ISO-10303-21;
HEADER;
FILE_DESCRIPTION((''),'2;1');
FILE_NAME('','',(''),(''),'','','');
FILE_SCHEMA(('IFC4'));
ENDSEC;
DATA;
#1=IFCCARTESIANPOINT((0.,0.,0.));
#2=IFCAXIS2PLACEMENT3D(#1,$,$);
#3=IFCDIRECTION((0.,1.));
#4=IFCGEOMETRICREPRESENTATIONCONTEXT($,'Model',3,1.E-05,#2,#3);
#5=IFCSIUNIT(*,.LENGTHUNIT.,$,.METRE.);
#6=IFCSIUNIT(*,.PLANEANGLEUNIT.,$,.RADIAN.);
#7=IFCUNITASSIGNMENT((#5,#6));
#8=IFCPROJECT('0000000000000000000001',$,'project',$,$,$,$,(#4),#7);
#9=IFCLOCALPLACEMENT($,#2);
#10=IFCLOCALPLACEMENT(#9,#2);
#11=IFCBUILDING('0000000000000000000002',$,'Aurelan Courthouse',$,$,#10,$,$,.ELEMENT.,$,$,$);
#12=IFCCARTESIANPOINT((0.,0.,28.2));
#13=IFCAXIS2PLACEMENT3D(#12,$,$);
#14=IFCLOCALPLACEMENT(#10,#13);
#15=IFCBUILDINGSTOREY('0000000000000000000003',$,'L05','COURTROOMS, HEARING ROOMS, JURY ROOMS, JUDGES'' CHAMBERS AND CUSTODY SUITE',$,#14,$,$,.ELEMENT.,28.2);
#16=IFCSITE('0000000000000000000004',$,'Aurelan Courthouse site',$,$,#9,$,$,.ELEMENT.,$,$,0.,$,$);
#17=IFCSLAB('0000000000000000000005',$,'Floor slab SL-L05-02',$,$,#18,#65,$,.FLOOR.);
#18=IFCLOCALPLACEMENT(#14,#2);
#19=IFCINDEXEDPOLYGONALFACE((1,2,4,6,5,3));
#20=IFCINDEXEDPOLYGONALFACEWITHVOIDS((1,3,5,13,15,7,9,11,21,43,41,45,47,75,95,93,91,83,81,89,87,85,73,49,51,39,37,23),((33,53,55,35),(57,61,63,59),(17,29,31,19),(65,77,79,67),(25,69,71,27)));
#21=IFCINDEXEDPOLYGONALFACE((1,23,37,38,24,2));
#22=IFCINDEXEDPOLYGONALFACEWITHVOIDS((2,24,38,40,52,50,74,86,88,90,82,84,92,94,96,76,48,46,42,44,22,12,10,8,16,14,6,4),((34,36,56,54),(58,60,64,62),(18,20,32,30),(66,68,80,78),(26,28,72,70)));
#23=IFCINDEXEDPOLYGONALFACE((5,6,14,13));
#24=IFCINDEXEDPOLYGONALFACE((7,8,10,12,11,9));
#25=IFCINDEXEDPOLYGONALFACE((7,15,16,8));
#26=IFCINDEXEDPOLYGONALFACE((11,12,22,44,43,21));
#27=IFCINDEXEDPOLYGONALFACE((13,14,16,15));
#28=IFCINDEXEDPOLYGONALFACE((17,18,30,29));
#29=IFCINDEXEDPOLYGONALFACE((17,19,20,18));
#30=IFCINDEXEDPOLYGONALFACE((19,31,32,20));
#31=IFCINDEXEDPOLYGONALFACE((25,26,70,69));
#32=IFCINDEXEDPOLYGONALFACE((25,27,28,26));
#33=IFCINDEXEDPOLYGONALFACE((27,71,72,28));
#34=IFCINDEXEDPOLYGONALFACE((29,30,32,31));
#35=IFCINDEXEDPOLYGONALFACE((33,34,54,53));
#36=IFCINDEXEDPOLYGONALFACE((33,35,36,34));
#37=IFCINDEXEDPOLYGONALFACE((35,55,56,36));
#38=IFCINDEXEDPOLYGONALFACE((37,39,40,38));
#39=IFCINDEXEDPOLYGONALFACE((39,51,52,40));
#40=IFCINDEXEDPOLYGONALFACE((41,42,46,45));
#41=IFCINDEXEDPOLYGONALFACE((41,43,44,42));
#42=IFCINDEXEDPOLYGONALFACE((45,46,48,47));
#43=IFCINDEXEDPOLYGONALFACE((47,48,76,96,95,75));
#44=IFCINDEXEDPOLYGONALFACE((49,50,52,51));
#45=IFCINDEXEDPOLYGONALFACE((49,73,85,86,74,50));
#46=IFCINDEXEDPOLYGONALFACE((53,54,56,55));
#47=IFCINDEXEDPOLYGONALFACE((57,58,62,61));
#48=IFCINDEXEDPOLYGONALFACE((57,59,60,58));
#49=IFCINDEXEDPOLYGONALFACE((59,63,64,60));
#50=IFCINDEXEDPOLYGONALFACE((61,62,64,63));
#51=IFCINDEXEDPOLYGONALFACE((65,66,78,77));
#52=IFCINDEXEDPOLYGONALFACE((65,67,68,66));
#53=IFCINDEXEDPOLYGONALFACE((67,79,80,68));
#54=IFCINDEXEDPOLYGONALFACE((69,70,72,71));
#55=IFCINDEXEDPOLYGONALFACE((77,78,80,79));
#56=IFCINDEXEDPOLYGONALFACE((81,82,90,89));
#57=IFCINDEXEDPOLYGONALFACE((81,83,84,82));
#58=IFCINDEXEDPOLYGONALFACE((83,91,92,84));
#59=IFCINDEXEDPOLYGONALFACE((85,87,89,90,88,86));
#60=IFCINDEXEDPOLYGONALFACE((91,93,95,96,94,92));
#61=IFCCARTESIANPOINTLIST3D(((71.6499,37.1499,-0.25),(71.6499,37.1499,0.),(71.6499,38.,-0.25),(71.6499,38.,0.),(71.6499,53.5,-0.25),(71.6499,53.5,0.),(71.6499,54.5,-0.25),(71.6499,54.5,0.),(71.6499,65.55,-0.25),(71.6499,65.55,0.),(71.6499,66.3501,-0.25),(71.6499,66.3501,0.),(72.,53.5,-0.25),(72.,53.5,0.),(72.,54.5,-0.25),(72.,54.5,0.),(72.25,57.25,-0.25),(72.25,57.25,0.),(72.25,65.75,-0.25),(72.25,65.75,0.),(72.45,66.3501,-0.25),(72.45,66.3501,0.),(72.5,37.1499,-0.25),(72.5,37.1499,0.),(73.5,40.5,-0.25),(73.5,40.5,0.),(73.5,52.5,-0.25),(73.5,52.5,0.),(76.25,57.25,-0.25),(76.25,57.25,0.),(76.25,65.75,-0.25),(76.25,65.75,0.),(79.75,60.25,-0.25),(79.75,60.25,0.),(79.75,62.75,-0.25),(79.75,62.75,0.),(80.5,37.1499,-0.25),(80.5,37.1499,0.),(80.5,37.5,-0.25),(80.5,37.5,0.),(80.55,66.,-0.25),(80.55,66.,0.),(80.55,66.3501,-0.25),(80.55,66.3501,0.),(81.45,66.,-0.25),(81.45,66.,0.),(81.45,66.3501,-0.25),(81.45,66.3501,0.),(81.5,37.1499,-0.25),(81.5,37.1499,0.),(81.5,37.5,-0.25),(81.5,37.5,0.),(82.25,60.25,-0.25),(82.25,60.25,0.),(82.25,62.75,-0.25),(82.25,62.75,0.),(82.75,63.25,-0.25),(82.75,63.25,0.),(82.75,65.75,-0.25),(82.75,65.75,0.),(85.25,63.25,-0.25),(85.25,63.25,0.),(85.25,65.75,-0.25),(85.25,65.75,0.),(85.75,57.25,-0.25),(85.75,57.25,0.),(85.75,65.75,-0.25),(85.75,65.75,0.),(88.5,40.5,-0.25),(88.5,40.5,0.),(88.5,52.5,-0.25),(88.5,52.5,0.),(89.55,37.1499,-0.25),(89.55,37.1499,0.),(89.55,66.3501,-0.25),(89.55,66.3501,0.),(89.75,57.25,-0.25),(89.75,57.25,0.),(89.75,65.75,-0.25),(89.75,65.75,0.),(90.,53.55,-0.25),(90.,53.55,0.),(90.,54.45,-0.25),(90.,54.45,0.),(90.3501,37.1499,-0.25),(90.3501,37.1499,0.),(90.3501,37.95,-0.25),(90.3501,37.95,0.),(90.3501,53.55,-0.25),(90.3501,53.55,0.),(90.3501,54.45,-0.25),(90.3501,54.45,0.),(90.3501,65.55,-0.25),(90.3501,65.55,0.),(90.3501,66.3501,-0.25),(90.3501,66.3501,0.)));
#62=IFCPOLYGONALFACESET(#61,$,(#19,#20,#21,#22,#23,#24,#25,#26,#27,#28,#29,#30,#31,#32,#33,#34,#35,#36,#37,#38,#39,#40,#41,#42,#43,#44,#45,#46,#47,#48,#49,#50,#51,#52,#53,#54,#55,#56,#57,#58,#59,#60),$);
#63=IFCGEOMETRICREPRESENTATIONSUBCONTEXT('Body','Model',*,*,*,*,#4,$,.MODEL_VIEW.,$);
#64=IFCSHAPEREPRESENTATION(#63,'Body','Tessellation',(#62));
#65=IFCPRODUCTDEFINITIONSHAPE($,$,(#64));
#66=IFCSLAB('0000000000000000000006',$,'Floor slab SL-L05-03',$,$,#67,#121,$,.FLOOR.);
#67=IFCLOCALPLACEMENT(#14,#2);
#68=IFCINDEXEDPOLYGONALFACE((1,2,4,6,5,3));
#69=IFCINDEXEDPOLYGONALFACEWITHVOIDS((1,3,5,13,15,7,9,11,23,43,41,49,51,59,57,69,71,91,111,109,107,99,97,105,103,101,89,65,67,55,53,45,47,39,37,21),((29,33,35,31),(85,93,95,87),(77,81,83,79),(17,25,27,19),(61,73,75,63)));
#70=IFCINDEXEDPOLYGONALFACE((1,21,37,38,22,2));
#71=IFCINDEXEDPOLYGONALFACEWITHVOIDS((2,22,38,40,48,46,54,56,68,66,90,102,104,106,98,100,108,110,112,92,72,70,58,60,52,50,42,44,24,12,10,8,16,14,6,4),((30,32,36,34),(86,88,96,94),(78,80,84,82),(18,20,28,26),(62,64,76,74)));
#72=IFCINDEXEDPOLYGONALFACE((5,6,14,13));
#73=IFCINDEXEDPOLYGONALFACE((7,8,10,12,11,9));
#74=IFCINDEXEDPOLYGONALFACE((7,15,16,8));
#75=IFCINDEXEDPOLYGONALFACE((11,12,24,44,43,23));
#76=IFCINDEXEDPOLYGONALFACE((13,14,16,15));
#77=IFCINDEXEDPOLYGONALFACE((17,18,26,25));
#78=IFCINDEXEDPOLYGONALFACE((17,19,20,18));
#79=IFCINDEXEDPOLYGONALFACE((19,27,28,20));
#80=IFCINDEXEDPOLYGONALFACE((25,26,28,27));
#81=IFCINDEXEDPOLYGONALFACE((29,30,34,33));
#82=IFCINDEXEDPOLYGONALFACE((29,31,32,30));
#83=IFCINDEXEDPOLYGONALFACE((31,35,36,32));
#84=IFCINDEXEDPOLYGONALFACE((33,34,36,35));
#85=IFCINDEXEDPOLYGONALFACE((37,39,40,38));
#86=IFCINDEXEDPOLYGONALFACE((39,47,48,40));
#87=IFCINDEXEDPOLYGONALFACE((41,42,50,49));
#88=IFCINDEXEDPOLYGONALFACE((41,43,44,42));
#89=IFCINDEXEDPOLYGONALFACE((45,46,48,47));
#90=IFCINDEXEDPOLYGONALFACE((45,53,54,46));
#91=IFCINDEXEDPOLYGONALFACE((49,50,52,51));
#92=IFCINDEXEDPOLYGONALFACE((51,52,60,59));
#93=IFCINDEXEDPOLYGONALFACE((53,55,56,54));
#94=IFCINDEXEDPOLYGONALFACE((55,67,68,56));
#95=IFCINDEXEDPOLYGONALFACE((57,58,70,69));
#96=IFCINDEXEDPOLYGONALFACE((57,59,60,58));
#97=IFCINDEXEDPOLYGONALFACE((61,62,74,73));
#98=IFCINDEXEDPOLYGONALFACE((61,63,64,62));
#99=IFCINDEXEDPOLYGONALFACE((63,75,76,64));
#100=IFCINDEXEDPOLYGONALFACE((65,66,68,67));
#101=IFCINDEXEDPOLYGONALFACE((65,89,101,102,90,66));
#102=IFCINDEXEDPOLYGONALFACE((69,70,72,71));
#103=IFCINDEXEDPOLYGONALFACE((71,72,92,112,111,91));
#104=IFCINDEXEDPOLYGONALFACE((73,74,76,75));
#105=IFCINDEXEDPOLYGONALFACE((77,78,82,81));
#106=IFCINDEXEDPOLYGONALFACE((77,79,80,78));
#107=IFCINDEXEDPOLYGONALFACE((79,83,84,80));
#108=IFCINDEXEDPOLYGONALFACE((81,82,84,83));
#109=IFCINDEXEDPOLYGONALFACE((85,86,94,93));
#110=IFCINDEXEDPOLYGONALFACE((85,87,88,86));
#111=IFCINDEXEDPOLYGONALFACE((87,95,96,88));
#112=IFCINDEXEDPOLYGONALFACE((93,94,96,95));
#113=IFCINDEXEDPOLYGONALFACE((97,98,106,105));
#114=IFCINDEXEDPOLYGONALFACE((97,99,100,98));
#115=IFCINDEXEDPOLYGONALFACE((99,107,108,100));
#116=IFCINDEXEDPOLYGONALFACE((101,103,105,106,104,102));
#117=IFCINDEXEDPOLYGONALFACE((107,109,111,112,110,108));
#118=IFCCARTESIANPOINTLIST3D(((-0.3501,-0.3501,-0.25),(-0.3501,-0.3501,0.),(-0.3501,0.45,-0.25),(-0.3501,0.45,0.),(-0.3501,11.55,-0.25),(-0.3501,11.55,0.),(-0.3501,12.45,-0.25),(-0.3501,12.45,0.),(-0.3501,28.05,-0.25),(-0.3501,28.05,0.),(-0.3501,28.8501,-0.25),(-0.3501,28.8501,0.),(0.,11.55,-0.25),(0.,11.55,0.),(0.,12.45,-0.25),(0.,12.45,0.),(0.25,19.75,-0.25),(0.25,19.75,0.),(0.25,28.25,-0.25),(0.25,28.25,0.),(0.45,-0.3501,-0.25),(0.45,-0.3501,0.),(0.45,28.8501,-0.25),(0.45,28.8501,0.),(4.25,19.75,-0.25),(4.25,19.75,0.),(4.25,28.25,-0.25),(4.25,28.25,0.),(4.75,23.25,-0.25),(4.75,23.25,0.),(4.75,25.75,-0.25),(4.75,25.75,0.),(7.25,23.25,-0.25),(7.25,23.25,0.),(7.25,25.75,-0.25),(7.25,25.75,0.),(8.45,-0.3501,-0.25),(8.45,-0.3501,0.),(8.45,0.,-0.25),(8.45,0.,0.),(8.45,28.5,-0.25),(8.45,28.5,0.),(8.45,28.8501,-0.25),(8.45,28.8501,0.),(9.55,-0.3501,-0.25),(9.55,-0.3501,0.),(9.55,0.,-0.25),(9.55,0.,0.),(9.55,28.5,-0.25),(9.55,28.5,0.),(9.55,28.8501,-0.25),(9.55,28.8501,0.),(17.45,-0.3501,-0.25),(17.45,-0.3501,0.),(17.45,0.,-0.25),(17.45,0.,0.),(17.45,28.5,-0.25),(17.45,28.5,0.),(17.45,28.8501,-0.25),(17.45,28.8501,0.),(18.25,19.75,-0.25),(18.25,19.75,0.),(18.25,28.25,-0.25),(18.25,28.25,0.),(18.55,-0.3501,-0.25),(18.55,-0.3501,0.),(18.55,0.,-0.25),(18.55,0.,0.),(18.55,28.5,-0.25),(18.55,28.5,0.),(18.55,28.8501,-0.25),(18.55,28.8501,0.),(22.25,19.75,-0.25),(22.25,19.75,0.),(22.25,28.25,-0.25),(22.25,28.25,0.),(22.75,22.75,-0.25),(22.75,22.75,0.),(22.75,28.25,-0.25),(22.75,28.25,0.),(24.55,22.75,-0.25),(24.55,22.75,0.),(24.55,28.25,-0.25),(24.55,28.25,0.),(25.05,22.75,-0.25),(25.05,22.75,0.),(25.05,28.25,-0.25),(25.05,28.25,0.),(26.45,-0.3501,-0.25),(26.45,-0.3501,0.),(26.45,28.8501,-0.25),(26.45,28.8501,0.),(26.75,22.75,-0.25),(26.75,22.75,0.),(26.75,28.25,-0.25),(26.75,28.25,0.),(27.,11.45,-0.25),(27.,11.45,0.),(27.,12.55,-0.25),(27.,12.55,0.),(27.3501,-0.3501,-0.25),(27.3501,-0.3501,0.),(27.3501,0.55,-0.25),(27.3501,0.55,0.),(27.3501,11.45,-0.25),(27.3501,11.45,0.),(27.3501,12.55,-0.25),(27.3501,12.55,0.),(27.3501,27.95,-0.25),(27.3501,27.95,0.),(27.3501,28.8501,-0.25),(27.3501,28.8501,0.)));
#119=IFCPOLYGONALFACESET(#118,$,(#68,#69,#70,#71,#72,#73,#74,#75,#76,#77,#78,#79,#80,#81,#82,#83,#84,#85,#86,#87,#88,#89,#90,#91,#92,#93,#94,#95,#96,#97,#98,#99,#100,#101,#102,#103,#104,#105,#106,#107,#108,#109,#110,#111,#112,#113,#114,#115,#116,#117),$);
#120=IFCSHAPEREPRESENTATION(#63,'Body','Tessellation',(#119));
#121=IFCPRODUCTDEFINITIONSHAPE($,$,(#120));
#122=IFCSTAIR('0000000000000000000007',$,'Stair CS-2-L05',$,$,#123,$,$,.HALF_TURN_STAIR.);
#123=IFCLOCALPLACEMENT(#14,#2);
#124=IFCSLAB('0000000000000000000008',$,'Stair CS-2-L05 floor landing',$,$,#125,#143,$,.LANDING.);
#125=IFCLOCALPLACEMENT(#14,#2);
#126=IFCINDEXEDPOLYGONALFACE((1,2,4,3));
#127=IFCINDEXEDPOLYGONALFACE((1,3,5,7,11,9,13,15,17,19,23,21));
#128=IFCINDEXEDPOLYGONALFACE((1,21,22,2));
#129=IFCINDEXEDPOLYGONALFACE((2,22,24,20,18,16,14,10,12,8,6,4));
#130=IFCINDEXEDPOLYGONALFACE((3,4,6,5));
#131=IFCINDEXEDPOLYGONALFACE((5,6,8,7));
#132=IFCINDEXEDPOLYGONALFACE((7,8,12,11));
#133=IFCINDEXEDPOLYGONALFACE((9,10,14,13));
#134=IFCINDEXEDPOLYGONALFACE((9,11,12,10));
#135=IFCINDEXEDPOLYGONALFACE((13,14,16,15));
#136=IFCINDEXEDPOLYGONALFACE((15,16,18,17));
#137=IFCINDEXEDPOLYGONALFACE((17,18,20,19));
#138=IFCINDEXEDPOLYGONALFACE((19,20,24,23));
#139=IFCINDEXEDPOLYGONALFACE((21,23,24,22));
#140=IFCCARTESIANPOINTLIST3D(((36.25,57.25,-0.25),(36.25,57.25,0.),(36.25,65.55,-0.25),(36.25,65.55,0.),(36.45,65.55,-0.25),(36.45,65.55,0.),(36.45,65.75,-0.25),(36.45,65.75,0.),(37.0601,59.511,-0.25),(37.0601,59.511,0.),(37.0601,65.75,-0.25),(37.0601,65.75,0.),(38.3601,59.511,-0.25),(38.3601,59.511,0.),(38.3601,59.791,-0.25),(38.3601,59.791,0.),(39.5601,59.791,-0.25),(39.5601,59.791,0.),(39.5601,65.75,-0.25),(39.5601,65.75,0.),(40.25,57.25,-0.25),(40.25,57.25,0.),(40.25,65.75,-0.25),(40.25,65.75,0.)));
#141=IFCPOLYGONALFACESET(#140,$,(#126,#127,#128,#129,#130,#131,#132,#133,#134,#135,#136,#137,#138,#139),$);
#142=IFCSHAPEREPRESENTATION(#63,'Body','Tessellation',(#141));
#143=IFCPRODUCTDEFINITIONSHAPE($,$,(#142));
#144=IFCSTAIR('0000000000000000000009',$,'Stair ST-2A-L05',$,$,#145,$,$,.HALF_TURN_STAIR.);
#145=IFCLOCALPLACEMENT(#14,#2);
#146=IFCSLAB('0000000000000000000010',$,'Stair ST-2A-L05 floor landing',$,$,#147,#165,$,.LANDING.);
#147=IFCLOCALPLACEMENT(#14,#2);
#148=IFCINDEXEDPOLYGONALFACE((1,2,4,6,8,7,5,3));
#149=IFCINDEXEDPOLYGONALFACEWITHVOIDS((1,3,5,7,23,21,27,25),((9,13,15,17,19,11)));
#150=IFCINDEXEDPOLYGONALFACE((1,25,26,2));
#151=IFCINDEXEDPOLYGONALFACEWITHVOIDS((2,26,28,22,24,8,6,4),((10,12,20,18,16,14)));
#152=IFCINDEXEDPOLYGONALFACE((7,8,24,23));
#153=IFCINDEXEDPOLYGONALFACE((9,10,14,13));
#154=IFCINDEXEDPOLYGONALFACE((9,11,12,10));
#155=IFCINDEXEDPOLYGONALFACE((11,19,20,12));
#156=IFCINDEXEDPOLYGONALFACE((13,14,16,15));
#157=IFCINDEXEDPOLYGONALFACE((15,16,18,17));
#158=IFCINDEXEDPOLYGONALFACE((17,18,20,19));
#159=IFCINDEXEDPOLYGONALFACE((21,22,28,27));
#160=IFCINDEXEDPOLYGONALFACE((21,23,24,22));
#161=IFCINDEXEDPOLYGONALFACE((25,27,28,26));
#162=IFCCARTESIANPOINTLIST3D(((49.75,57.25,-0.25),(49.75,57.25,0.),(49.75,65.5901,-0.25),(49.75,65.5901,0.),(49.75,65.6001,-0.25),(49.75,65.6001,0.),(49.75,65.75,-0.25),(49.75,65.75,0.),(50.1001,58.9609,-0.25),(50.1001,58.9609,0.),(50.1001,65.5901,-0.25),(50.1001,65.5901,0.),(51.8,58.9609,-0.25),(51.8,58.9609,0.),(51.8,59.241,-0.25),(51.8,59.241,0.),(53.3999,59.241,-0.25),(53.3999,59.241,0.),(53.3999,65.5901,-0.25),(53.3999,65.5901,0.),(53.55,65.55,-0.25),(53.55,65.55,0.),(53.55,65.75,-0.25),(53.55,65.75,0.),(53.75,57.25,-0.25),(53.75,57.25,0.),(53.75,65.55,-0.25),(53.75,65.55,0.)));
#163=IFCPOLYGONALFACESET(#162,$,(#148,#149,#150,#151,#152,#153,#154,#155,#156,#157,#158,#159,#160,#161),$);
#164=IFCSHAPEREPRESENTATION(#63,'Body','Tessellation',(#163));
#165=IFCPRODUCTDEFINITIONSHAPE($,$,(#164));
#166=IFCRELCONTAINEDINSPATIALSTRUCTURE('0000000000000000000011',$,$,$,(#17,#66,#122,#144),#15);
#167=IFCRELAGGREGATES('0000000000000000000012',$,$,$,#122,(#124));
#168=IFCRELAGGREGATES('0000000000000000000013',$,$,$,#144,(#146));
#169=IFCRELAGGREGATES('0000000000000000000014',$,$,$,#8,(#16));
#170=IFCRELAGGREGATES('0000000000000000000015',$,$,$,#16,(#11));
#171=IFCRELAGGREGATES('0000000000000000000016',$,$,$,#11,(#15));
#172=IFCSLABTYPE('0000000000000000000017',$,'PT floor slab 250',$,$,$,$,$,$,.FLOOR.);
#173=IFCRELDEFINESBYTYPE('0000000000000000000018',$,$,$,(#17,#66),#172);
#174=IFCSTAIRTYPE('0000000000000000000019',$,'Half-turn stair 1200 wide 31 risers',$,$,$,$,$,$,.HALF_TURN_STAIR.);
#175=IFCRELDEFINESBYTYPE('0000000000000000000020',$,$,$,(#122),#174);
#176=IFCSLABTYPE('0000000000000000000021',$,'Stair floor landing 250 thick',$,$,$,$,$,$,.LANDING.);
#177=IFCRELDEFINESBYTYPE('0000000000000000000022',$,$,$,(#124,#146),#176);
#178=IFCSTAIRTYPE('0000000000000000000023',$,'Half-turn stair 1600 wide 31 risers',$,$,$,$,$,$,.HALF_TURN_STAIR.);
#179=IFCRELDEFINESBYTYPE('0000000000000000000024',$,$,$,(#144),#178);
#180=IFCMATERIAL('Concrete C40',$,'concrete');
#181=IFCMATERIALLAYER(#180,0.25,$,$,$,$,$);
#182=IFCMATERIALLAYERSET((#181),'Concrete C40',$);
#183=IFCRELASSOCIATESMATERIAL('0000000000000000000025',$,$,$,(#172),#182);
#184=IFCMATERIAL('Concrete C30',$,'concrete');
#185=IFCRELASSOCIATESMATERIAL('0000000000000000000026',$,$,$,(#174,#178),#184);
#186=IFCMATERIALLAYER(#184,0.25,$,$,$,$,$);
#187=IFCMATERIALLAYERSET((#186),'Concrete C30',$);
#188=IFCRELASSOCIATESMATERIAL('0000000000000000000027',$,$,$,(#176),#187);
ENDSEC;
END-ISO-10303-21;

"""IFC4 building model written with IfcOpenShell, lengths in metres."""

from ifc_helpers import new_model, si_unit, direction, frame, origin, place, context, subcontext, project, spatial, polyline, outline, extrude, material, layer, layer_set, type_object, element, aggregate, save


model = new_model("IFC4")

# Units and contexts
model_context = context("Model", 3, precision=1e-05, world=origin(), true_north=direction((0.0, 1.0)))
body_context = subcontext(model_context, "Body", "Model", "MODEL_VIEW")
ifc_project = project(units=[si_unit("LENGTHUNIT", "METRE"), si_unit("PLANEANGLEUNIT", "RADIAN")], contexts=[model_context])

# Site, building, storey
site_placement = place(None, origin())
site = spatial("IfcSite", under=ifc_project, at=site_placement, Name="Aurelan Courthouse site", CompositionType="ELEMENT", RefElevation=0.0)
building_placement = place(site_placement, origin())
building = spatial("IfcBuilding", under=site, at=building_placement, Name="Aurelan Courthouse", CompositionType="ELEMENT")
storey_placement = place(building_placement, frame((0.0, 0.0, 28.2)))
storey = spatial("IfcBuildingStorey", under=building, at=storey_placement, Name="L05", Description="COURTROOMS, HEARING ROOMS, JURY ROOMS, JUDGES' CHAMBERS AND CUSTODY SUITE", CompositionType="ELEMENT", Elevation=28.2)

# Slabs
ifc_material_1 = material(Name="Concrete C40", Category="concrete")
ifc_layer_1 = layer(ifc_material_1, 0.25)
ifc_layer_set_1 = layer_set([ifc_layer_1], Name="Concrete C40")
slab_type_1 = type_object("IfcSlabType", Name="PT floor slab 250", PredefinedType="FLOOR", material=ifc_layer_set_1)
slab_1_placement = place(storey_placement, frame((0.0, 0.0, -0.25)))
element("IfcSlab", 1, at=slab_1_placement, inside=storey, type_object=slab_type_1, Name="Floor slab SL-L05-02", PredefinedType="FLOOR", context=body_context, shape_type="SweptSolid", body=[
    extrude(outline(polyline([(72.0, 53.5), (71.6499, 53.5), (71.6499, 38.0), (71.6499, 37.1499), (72.5, 37.1499), (80.5, 37.1499), (80.5, 37.5), (81.5, 37.5), (81.5, 37.1499), (89.55, 37.1499), (90.3501, 37.1499), (90.3501, 37.95), (90.3501, 53.55), (90.0, 53.55), (90.0, 54.45), (90.3501, 54.45), (90.3501, 65.55), (90.3501, 66.3501), (89.55, 66.3501), (81.45, 66.3501), (81.45, 66.0), (80.55, 66.0), (80.55, 66.3501), (72.45, 66.3501), (71.6499, 66.3501), (71.6499, 65.55), (71.6499, 54.5), (72.0, 54.5), (72.0, 53.5)]), holes=[polyline([(85.75, 57.25), (85.75, 65.75), (89.75, 65.75), (89.75, 57.25), (85.75, 57.25)]), polyline([(73.5, 40.5), (73.5, 52.5), (88.5, 52.5), (88.5, 40.5), (73.5, 40.5)]), polyline([(82.75, 65.75), (85.25, 65.75), (85.25, 63.25), (82.75, 63.25), (82.75, 65.75)]), polyline([(82.25, 62.75), (82.25, 60.25), (79.75, 60.25), (79.75, 62.75), (82.25, 62.75)]), polyline([(76.25, 57.25), (72.25, 57.25), (72.25, 65.75), (76.25, 65.75), (76.25, 57.25)])]), origin(), (0.0, 0.0, 1.0), 0.25),
])
slab_2_placement = place(storey_placement, frame((0.0, 0.0, -0.25)))
element("IfcSlab", 2, at=slab_2_placement, inside=storey, type_object=slab_type_1, Name="Floor slab SL-L05-03", PredefinedType="FLOOR", context=body_context, shape_type="SweptSolid", body=[
    extrude(outline(polyline([(0.0, 12.45), (0.0, 11.55), (-0.3501, 11.55), (-0.3501, 0.45), (-0.3501, -0.3501), (0.45, -0.3501), (8.45, -0.3501), (8.45, 0.0), (9.55, 0.0), (9.55, -0.3501), (17.45, -0.3501), (17.45, 0.0), (18.55, 0.0), (18.55, -0.3501), (26.45, -0.3501), (27.3501, -0.3501), (27.3501, 0.55), (27.3501, 11.45), (27.0, 11.45), (27.0, 12.55), (27.3501, 12.55), (27.3501, 27.95), (27.3501, 28.8501), (26.45, 28.8501), (18.55, 28.8501), (18.55, 28.5), (17.45, 28.5), (17.45, 28.8501), (9.55, 28.8501), (9.55, 28.5), (8.45, 28.5), (8.45, 28.8501), (0.45, 28.8501), (-0.3501, 28.8501), (-0.3501, 28.05), (-0.3501, 12.45), (0.0, 12.45)]), holes=[polyline([(26.75, 28.25), (26.75, 22.75), (25.05, 22.75), (25.05, 28.25), (26.75, 28.25)]), polyline([(22.75, 28.25), (24.55, 28.25), (24.55, 22.75), (22.75, 22.75), (22.75, 28.25)]), polyline([(22.25, 28.25), (22.25, 19.75), (18.25, 19.75), (18.25, 28.25), (22.25, 28.25)]), polyline([(4.75, 23.25), (4.75, 25.75), (7.25, 25.75), (7.25, 23.25), (4.75, 23.25)]), polyline([(4.25, 19.75), (0.25, 19.75), (0.25, 28.25), (4.25, 28.25), (4.25, 19.75)])]), origin(), (0.0, 0.0, 1.0), 0.25),
])

# Stairs, slabs
ifc_material_2 = material(Name="Concrete C30", Category="concrete")
stair_type_1 = type_object("IfcStairType", Name="Half-turn stair 1200 wide 31 risers", PredefinedType="HALF_TURN_STAIR", material=ifc_material_2)
stair_1_placement = place(storey_placement, origin())
stair_1 = element("IfcStair", 3, at=stair_1_placement, inside=storey, type_object=stair_type_1, Name="Stair CS-2-L05", PredefinedType="HALF_TURN_STAIR")
ifc_layer_2 = layer(ifc_material_2, 0.25)
ifc_layer_set_2 = layer_set([ifc_layer_2], Name="Concrete C30")
slab_type_2 = type_object("IfcSlabType", Name="Stair floor landing 250 thick", PredefinedType="LANDING", material=ifc_layer_set_2)
slab_3_placement = place(storey_placement, frame((0.0, 0.0, -0.25)))
slab_3 = element("IfcSlab", 4, at=slab_3_placement, type_object=slab_type_2, Name="Stair CS-2-L05 floor landing", PredefinedType="LANDING", context=body_context, shape_type="SweptSolid", body=[
    extrude(outline(polyline([(37.0601, 59.511), (38.3601, 59.511), (38.3601, 59.791), (39.5601, 59.791), (39.5601, 65.75), (40.25, 65.75), (40.25, 57.25), (36.25, 57.25), (36.25, 65.55), (36.45, 65.55), (36.45, 65.75), (37.0601, 65.75), (37.0601, 59.511)])), origin(), (0.0, 0.0, 1.0), 0.25),
])
aggregate(stair_1, [slab_3])
stair_type_2 = type_object("IfcStairType", Name="Half-turn stair 1600 wide 31 risers", PredefinedType="HALF_TURN_STAIR", material=ifc_material_2)
stair_2_placement = place(storey_placement, origin())
stair_2 = element("IfcStair", 5, at=stair_2_placement, inside=storey, type_object=stair_type_2, Name="Stair ST-2A-L05", PredefinedType="HALF_TURN_STAIR")
slab_4_placement = place(storey_placement, frame((0.0, 0.0, -0.25)))
slab_4 = element("IfcSlab", 6, at=slab_4_placement, type_object=slab_type_2, Name="Stair ST-2A-L05 floor landing", PredefinedType="LANDING", context=body_context, shape_type="SweptSolid", body=[
    extrude(outline(polyline([(53.75, 57.25), (49.75, 57.25), (49.75, 65.5901), (49.75, 65.6001), (49.75, 65.75), (53.55, 65.75), (53.55, 65.55), (53.75, 65.55), (53.75, 57.25)]), holes=[polyline([(51.8, 58.9609), (51.8, 59.241), (53.3999, 59.241), (53.3999, 65.5901), (50.1001, 65.5901), (50.1001, 58.9609), (51.8, 58.9609)])]), origin(), (0.0, 0.0, 1.0), 0.25),
])
aggregate(stair_2, [slab_4])

save(model, "model.ifc")
